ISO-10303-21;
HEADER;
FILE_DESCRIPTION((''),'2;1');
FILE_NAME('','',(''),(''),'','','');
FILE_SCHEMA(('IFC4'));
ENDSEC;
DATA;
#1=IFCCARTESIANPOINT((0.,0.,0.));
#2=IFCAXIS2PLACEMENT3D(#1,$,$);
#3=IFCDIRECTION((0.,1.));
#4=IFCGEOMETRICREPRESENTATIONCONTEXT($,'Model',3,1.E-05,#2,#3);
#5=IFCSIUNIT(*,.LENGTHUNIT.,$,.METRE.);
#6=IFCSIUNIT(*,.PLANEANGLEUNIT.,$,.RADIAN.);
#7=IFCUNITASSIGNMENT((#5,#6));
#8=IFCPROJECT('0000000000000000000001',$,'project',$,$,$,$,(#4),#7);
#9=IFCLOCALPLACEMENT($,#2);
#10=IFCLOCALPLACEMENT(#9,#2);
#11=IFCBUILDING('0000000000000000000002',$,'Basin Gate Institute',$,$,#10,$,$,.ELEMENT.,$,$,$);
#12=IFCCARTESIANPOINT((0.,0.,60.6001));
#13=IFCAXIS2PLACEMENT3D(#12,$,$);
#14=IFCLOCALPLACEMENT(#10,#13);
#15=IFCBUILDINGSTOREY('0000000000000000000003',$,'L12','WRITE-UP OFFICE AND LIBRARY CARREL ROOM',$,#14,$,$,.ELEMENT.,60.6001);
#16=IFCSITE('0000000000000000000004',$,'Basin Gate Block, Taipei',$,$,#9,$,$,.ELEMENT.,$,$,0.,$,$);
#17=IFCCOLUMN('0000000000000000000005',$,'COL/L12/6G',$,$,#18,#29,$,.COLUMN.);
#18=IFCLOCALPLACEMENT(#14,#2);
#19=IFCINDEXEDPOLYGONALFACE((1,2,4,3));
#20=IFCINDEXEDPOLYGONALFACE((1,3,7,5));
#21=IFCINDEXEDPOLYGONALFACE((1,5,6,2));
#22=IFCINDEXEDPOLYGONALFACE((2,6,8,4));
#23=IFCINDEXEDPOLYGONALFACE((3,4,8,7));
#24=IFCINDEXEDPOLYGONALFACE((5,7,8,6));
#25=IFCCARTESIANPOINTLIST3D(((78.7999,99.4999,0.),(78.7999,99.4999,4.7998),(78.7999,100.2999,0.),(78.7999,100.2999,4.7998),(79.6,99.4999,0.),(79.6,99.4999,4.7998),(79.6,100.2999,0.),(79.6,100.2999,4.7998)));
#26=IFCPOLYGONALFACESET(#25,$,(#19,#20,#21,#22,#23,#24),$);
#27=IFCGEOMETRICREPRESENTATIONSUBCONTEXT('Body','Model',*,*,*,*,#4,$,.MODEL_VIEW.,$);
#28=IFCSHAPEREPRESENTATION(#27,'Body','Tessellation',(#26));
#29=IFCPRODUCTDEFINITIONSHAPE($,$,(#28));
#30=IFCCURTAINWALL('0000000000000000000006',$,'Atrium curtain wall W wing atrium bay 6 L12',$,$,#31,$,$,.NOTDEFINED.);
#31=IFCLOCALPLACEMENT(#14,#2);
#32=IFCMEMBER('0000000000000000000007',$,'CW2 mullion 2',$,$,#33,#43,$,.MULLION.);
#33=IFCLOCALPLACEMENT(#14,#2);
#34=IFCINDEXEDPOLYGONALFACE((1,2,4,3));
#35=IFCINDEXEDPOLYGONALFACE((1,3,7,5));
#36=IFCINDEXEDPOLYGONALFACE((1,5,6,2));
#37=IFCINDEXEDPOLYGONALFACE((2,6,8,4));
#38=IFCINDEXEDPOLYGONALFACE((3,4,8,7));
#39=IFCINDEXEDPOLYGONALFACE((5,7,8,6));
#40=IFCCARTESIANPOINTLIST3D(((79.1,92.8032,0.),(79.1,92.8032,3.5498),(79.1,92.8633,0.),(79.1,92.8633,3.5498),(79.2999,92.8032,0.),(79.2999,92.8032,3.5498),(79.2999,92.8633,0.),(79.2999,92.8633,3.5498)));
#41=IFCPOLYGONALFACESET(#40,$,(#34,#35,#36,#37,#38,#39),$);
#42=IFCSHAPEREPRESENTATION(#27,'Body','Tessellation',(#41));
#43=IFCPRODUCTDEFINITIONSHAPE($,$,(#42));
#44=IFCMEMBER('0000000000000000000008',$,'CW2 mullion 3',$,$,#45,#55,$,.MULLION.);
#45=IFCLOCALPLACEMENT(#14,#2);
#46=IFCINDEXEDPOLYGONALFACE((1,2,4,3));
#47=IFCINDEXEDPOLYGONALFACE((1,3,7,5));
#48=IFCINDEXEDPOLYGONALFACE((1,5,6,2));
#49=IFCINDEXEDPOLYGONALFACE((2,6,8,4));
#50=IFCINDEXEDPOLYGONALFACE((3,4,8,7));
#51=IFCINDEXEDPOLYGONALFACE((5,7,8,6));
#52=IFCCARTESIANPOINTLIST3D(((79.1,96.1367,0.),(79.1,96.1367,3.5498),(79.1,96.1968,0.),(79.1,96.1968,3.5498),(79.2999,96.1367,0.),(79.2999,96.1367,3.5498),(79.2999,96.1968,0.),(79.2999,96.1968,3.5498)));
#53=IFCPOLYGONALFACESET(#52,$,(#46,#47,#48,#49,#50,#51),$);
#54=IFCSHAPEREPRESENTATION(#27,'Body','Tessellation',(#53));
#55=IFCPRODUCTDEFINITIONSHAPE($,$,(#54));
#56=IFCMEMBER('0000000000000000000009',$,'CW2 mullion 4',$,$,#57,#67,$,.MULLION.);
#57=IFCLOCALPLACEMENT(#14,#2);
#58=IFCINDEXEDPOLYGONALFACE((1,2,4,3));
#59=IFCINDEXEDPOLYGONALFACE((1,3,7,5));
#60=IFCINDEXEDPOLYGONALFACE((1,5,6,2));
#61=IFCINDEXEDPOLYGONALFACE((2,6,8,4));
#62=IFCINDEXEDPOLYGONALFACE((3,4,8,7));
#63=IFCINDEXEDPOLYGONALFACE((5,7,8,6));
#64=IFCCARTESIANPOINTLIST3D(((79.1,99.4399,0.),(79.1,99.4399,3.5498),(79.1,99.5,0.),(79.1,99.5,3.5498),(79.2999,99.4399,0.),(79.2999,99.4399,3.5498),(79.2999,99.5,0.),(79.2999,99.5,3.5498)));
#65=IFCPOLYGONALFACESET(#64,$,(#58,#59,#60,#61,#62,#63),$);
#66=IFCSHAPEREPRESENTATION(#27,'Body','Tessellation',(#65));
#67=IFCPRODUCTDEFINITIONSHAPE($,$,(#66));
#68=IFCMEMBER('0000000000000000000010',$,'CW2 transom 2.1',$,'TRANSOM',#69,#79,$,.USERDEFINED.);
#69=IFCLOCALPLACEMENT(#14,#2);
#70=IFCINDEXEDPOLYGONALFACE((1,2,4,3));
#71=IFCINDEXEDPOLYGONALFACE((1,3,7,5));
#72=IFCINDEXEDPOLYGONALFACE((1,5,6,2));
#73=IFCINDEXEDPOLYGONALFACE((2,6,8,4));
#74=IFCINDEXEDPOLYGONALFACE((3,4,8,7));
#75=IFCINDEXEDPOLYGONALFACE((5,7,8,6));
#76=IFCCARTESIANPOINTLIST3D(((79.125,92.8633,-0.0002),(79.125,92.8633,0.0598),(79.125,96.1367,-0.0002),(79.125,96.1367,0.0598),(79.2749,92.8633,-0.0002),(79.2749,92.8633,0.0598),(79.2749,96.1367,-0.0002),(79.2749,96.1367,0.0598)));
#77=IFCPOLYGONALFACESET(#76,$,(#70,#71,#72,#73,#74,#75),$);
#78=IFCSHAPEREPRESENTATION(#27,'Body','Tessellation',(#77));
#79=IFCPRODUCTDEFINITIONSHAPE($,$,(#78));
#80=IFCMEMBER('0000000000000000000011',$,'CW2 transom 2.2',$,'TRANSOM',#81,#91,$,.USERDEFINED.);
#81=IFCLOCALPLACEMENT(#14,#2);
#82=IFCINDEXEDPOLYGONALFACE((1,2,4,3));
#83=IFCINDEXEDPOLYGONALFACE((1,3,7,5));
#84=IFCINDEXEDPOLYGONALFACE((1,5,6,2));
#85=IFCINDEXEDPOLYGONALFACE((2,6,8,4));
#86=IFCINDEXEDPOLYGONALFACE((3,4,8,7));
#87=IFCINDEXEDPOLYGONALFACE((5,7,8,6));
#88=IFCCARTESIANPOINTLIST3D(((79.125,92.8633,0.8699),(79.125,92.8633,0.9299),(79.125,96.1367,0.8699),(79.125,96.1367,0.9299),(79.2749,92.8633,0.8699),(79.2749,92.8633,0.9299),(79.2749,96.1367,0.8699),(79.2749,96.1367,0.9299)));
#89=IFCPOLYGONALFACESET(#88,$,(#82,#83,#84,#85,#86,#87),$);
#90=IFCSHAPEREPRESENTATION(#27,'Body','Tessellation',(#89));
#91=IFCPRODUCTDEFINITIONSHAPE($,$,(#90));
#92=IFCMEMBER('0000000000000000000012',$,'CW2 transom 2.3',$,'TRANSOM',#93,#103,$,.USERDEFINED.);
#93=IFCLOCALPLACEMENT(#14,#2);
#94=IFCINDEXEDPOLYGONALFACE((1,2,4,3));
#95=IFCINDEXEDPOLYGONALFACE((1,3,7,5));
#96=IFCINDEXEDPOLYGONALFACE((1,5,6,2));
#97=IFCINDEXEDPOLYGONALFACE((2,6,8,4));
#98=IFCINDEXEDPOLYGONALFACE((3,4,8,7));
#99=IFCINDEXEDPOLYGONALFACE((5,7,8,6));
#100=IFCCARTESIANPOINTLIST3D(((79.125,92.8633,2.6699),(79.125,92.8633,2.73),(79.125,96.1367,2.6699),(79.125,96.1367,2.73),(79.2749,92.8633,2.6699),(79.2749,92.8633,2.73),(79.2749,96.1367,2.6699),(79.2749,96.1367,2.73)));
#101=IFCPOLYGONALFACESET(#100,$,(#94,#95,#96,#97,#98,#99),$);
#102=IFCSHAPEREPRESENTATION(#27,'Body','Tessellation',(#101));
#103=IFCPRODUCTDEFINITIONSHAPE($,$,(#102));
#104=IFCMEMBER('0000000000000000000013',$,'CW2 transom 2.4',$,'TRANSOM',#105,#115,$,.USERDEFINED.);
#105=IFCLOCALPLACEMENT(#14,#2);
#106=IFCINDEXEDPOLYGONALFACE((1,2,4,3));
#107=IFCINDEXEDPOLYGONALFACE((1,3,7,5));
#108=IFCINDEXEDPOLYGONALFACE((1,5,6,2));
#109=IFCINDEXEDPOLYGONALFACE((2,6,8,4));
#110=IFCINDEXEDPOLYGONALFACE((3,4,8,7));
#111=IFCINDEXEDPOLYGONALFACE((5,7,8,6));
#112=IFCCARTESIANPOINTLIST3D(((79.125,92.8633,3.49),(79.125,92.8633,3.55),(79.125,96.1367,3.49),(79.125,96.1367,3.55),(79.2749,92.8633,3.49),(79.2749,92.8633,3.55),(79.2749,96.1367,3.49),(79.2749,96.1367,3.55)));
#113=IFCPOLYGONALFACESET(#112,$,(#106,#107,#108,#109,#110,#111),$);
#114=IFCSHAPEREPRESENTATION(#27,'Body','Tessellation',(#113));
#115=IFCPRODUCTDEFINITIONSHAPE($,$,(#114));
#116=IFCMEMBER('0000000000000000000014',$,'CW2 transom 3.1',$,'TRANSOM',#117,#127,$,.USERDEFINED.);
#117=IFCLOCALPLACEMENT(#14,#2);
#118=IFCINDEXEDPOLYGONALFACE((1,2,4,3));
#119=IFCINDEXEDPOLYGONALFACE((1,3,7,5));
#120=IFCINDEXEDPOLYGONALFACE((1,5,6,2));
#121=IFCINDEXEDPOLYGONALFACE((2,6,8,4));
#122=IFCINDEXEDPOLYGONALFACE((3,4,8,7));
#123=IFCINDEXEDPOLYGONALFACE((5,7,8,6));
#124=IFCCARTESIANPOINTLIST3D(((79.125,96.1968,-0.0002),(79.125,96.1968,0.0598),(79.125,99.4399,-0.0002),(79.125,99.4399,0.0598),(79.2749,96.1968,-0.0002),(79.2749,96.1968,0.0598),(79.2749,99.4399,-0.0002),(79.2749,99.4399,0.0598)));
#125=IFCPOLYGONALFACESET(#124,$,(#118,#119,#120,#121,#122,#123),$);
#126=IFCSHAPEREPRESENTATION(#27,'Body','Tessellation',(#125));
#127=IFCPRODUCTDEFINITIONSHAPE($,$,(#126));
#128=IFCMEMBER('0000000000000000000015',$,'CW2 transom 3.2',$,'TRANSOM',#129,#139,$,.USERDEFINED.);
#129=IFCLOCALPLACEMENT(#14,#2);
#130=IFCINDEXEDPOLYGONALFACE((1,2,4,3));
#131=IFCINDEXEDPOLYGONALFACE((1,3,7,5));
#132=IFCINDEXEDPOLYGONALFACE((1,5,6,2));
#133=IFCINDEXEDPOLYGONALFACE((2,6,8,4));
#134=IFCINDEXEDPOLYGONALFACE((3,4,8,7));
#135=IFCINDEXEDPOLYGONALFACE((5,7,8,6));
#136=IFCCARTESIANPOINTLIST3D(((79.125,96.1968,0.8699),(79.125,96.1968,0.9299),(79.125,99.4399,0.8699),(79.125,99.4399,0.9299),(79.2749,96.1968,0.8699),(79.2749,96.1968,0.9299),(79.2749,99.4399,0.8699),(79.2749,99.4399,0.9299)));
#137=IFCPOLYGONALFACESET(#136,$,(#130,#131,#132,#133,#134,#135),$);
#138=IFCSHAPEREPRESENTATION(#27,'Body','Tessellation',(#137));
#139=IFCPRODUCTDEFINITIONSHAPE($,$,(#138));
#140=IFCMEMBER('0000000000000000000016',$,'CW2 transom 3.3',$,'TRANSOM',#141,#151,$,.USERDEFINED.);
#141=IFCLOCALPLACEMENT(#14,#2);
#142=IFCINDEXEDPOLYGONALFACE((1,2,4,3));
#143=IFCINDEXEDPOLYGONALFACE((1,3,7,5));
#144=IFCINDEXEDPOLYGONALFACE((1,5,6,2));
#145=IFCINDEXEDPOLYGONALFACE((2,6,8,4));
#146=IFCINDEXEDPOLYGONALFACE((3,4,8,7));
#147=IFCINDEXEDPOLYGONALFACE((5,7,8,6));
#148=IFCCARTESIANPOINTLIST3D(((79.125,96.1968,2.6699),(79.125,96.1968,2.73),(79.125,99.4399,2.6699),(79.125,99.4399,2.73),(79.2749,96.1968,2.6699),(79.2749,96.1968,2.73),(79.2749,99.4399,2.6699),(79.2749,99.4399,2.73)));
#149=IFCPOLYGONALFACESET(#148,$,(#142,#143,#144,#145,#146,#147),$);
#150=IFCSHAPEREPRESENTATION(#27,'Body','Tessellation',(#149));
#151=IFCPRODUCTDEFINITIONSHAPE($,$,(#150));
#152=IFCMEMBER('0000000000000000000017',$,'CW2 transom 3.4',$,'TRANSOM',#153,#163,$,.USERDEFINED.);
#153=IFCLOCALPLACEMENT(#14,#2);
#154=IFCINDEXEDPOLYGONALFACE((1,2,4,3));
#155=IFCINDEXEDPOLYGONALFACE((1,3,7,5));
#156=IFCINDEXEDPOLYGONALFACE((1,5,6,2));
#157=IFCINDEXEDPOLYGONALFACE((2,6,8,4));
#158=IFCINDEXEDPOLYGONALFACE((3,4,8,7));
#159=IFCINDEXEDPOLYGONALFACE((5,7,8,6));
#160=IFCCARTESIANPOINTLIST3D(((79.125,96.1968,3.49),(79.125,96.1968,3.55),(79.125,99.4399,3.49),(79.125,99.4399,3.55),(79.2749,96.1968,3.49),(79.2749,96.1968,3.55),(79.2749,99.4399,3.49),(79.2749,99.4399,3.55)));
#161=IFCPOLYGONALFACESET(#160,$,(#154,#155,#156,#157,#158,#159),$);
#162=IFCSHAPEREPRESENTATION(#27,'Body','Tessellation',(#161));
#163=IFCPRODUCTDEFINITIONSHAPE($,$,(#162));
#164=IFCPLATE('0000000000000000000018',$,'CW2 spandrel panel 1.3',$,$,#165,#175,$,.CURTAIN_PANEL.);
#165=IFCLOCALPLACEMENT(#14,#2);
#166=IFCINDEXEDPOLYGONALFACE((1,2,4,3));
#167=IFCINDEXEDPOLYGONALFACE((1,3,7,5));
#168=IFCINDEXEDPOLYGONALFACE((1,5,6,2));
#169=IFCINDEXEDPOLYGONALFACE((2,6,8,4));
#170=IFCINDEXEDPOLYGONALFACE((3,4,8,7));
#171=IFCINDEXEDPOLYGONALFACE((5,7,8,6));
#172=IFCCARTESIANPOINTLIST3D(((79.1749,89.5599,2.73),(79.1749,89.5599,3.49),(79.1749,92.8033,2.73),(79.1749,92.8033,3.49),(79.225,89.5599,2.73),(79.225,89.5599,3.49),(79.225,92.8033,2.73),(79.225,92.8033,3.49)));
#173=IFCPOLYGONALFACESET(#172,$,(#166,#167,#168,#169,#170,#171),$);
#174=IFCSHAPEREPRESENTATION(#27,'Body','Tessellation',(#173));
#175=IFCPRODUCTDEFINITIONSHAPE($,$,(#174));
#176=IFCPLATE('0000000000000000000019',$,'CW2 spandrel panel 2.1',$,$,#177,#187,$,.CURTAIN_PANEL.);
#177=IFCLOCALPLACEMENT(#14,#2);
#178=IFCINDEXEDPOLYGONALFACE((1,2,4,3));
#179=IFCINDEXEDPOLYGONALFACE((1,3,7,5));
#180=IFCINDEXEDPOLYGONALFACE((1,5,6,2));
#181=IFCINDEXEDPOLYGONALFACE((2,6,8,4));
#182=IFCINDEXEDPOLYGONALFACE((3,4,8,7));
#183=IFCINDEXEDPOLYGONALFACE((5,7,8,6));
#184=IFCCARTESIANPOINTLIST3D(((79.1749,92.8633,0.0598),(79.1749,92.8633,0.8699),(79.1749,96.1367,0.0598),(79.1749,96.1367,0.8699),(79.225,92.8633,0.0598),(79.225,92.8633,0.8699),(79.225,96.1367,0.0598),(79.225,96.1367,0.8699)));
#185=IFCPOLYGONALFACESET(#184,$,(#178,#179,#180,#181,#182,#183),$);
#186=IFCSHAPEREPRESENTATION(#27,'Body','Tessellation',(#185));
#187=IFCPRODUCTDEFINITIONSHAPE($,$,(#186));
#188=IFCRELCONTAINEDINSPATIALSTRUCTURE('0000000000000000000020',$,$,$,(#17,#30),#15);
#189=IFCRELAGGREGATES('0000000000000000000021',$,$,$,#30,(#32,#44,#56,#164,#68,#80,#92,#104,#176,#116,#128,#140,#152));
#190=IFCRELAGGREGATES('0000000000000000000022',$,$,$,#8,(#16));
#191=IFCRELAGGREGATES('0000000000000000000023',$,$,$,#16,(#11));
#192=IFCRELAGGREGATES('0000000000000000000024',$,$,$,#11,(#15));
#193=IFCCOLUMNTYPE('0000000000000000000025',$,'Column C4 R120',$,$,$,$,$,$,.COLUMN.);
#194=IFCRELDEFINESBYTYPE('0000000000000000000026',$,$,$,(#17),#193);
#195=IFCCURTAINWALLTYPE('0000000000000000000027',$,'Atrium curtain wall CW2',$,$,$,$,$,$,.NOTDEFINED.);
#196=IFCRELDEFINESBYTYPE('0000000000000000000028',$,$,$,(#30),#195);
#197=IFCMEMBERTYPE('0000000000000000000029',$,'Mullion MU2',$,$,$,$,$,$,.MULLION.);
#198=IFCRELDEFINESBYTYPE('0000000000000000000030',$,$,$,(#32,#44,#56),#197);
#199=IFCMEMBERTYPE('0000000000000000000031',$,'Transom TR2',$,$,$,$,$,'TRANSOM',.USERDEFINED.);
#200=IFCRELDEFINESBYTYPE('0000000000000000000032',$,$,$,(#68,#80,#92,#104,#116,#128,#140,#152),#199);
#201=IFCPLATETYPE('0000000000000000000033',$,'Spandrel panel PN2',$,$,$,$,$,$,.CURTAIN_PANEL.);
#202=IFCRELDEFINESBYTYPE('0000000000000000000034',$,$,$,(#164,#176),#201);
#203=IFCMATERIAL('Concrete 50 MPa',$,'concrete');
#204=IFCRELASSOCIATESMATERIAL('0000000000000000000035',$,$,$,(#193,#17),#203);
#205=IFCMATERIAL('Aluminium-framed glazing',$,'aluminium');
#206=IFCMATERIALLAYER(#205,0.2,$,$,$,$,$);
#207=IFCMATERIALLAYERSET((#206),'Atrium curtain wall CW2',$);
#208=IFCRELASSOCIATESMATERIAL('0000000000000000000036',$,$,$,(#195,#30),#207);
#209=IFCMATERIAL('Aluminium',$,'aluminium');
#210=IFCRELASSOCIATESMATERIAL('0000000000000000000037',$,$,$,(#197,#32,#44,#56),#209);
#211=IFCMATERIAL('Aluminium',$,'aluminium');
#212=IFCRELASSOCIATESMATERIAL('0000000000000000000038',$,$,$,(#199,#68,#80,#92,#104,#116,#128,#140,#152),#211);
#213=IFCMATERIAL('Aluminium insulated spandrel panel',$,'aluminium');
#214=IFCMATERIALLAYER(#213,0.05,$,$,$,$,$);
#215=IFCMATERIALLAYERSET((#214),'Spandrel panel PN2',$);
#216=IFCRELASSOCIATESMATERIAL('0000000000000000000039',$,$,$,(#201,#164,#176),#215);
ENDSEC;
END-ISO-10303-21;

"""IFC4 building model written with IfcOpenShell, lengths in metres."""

from ifc_helpers import new_model, si_unit, direction, frame, origin, origin_2d, place, context, subcontext, project, spatial, rectangle, extrude, material, layer, layer_set, material_profile, profile_set, type_object, element, aggregate, save


model = new_model("IFC4")

# Units and contexts
model_context = context("Model", 3, precision=1e-05, world=origin(), true_north=direction((0.0, 1.0)))
body_context = subcontext(model_context, "Body", "Model", "MODEL_VIEW")
ifc_project = project(units=[si_unit("LENGTHUNIT", "METRE"), si_unit("PLANEANGLEUNIT", "RADIAN")], contexts=[model_context])

# Site, building, storey
site_placement = place(None, origin())
site = spatial("IfcSite", under=ifc_project, at=site_placement, Name="Basin Gate Block, Taipei", CompositionType="ELEMENT", RefElevation=0.0)
building_placement = place(site_placement, origin())
building = spatial("IfcBuilding", under=site, at=building_placement, Name="Basin Gate Institute", CompositionType="ELEMENT")
storey_placement = place(building_placement, frame((0.0, 0.0, 60.6001)))
storey = spatial("IfcBuildingStorey", under=building, at=storey_placement, Name="L12", Description="WRITE-UP OFFICE AND LIBRARY CARREL ROOM", CompositionType="ELEMENT", Elevation=60.6001)

# Column
ifc_material_1 = material(Name="Concrete 50 MPa", Category="concrete")
ifc_material_profile_1 = material_profile(ifc_material_1, rectangle(XDim=0.8, YDim=0.8, at=origin_2d()), Name="Column C4 800 x 800")
ifc_profile_set_1 = profile_set([ifc_material_profile_1], Name="Concrete 50 MPa")
column_type = type_object("IfcColumnType", Name="Column C4 R120", PredefinedType="COLUMN", material=ifc_profile_set_1)
column_placement = place(storey_placement, frame((79.2, 99.8999, 0.0), z_axis=(0.0, 0.0, 1.0), x_axis=(1.0, 0.0, 0.0)))
element("IfcColumn", 1, at=column_placement, inside=storey, type_object=column_type, material=ifc_profile_set_1, Name="COL/L12/6G", PredefinedType="COLUMN", context=body_context, shape_type="SweptSolid", body=[
    extrude(rectangle(XDim=0.8, YDim=0.8, at=origin_2d()), origin(), (0.0, 0.0, 1.0), 4.7998),
])

# Curtain wall, members, plates
ifc_material_2 = material(Name="Aluminium-framed glazing", Category="aluminium")
ifc_layer_1 = layer(ifc_material_2, 0.2)
ifc_layer_set_1 = layer_set([ifc_layer_1], Name="Atrium curtain wall CW2")
curtain_wall_type = type_object("IfcCurtainWallType", Name="Atrium curtain wall CW2", PredefinedType="NOTDEFINED", material=ifc_layer_set_1)
curtain_wall_placement = place(storey_placement, origin())
curtain_wall = element("IfcCurtainWall", 2, at=curtain_wall_placement, inside=storey, type_object=curtain_wall_type, material=ifc_layer_set_1, Name="Atrium curtain wall W wing atrium bay 6 L12", PredefinedType="NOTDEFINED")
ifc_material_3 = material(Name="Aluminium", Category="aluminium")
ifc_material_profile_2 = material_profile(ifc_material_3, rectangle(XDim=0.2, YDim=0.0601, at=origin_2d()), Name="Mullion MU2 200 x 60")
ifc_profile_set_2 = profile_set([ifc_material_profile_2], Name="Aluminium")
member_type_1 = type_object("IfcMemberType", Name="Mullion MU2", PredefinedType="MULLION", material=ifc_profile_set_2)
member_1_placement = place(storey_placement, frame((79.2, 92.8333, 0.0), z_axis=(0.0, 0.0, 1.0), x_axis=(-1.0, 0.0, 0.0)))
member_1 = element("IfcMember", 3, at=member_1_placement, type_object=member_type_1, material=ifc_profile_set_2, Name="CW2 mullion 2", PredefinedType="MULLION", context=body_context, shape_type="SweptSolid", body=[
    extrude(rectangle(XDim=0.2, YDim=0.0601, at=origin_2d()), origin(), (0.0, 0.0, 1.0), 3.5498),
])
member_2_placement = place(storey_placement, frame((79.2, 96.1667, 0.0), z_axis=(0.0, 0.0, 1.0), x_axis=(-1.0, 0.0, 0.0)))
member_2 = element("IfcMember", 4, at=member_2_placement, type_object=member_type_1, material=ifc_profile_set_2, Name="CW2 mullion 3", PredefinedType="MULLION", context=body_context, shape_type="SweptSolid", body=[
    extrude(rectangle(XDim=0.2, YDim=0.0601, at=origin_2d()), origin(), (0.0, 0.0, 1.0), 3.5498),
])
member_3_placement = place(storey_placement, frame((79.2, 99.47, 0.0), z_axis=(0.0, 0.0, 1.0), x_axis=(-1.0, 0.0, 0.0)))
member_3 = element("IfcMember", 5, at=member_3_placement, type_object=member_type_1, material=ifc_profile_set_2, Name="CW2 mullion 4", PredefinedType="MULLION", context=body_context, shape_type="SweptSolid", body=[
    extrude(rectangle(XDim=0.2, YDim=0.0601, at=origin_2d()), origin(), (0.0, 0.0, 1.0), 3.5498),
])
ifc_material_4 = material(Name="Aluminium", Category="aluminium")
ifc_material_profile_3 = material_profile(ifc_material_4, rectangle(XDim=0.1499, YDim=0.0601, at=origin_2d()), Name="Transom TR2 150 x 60")
ifc_profile_set_3 = profile_set([ifc_material_profile_3], Name="Aluminium")
member_type_2 = type_object("IfcMemberType", Name="Transom TR2", ElementType="TRANSOM", PredefinedType="USERDEFINED", material=ifc_profile_set_3)
member_4_placement = place(storey_placement, frame((79.2, 92.8633, 0.0298), z_axis=(0.0, 1.0, 0.0), x_axis=(-1.0, 0.0, 0.0)))
member_4 = element("IfcMember", 6, at=member_4_placement, type_object=member_type_2, material=ifc_profile_set_3, Name="CW2 transom 2.1", ObjectType="TRANSOM", PredefinedType="USERDEFINED", context=body_context, shape_type="SweptSolid", body=[
    extrude(rectangle(XDim=0.1499, YDim=0.0601, at=origin_2d()), origin(), (0.0, 0.0, 1.0), 3.2734),
])
member_5_placement = place(storey_placement, frame((79.2, 92.8633, 0.8999), z_axis=(0.0, 1.0, 0.0), x_axis=(-1.0, 0.0, 0.0)))
member_5 = element("IfcMember", 7, at=member_5_placement, type_object=member_type_2, material=ifc_profile_set_3, Name="CW2 transom 2.2", ObjectType="TRANSOM", PredefinedType="USERDEFINED", context=body_context, shape_type="SweptSolid", body=[
    extrude(rectangle(XDim=0.1499, YDim=0.0601, at=origin_2d()), origin(), (0.0, 0.0, 1.0), 3.2734),
])
member_6_placement = place(storey_placement, frame((79.2, 92.8633, 2.7), z_axis=(0.0, 1.0, 0.0), x_axis=(-1.0, 0.0, 0.0)))
member_6 = element("IfcMember", 8, at=member_6_placement, type_object=member_type_2, material=ifc_profile_set_3, Name="CW2 transom 2.3", ObjectType="TRANSOM", PredefinedType="USERDEFINED", context=body_context, shape_type="SweptSolid", body=[
    extrude(rectangle(XDim=0.1499, YDim=0.0601, at=origin_2d()), origin(), (0.0, 0.0, 1.0), 3.2734),
])
member_7_placement = place(storey_placement, frame((79.2, 92.8633, 3.52), z_axis=(0.0, 1.0, 0.0), x_axis=(-1.0, 0.0, 0.0)))
member_7 = element("IfcMember", 9, at=member_7_placement, type_object=member_type_2, material=ifc_profile_set_3, Name="CW2 transom 2.4", ObjectType="TRANSOM", PredefinedType="USERDEFINED", context=body_context, shape_type="SweptSolid", body=[
    extrude(rectangle(XDim=0.1499, YDim=0.0601, at=origin_2d()), origin(), (0.0, 0.0, 1.0), 3.2734),
])
member_8_placement = place(storey_placement, frame((79.2, 96.1968, 0.0298), z_axis=(0.0, 1.0, 0.0), x_axis=(-1.0, 0.0, 0.0)))
member_8 = element("IfcMember", 10, at=member_8_placement, type_object=member_type_2, material=ifc_profile_set_3, Name="CW2 transom 3.1", ObjectType="TRANSOM", PredefinedType="USERDEFINED", context=body_context, shape_type="SweptSolid", body=[
    extrude(rectangle(XDim=0.1499, YDim=0.0601, at=origin_2d()), origin(), (0.0, 0.0, 1.0), 3.2432),
])
member_9_placement = place(storey_placement, frame((79.2, 96.1968, 0.8999), z_axis=(0.0, 1.0, 0.0), x_axis=(-1.0, 0.0, 0.0)))
member_9 = element("IfcMember", 11, at=member_9_placement, type_object=member_type_2, material=ifc_profile_set_3, Name="CW2 transom 3.2", ObjectType="TRANSOM", PredefinedType="USERDEFINED", context=body_context, shape_type="SweptSolid", body=[
    extrude(rectangle(XDim=0.1499, YDim=0.0601, at=origin_2d()), origin(), (0.0, 0.0, 1.0), 3.2432),
])
member_10_placement = place(storey_placement, frame((79.2, 96.1968, 2.7), z_axis=(0.0, 1.0, 0.0), x_axis=(-1.0, 0.0, 0.0)))
member_10 = element("IfcMember", 12, at=member_10_placement, type_object=member_type_2, material=ifc_profile_set_3, Name="CW2 transom 3.3", ObjectType="TRANSOM", PredefinedType="USERDEFINED", context=body_context, shape_type="SweptSolid", body=[
    extrude(rectangle(XDim=0.1499, YDim=0.0601, at=origin_2d()), origin(), (0.0, 0.0, 1.0), 3.2432),
])
member_11_placement = place(storey_placement, frame((79.2, 96.1968, 3.52), z_axis=(0.0, 1.0, 0.0), x_axis=(-1.0, 0.0, 0.0)))
member_11 = element("IfcMember", 13, at=member_11_placement, type_object=member_type_2, material=ifc_profile_set_3, Name="CW2 transom 3.4", ObjectType="TRANSOM", PredefinedType="USERDEFINED", context=body_context, shape_type="SweptSolid", body=[
    extrude(rectangle(XDim=0.1499, YDim=0.0601, at=origin_2d()), origin(), (0.0, 0.0, 1.0), 3.2432),
])
ifc_material_5 = material(Name="Aluminium insulated spandrel panel", Category="aluminium")
ifc_layer_2 = layer(ifc_material_5, 0.05)
ifc_layer_set_2 = layer_set([ifc_layer_2], Name="Spandrel panel PN2")
plate_type_1 = type_object("IfcPlateType", Name="Spandrel panel PN2", PredefinedType="CURTAIN_PANEL", material=ifc_layer_set_2)
plate_1_placement = place(storey_placement, frame((79.2, 91.1816, 2.73), z_axis=(0.0, 0.0, 1.0), x_axis=(0.0, 1.0, 0.0)))
plate_1 = element("IfcPlate", 14, at=plate_1_placement, type_object=plate_type_1, material=ifc_layer_set_2, Name="CW2 spandrel panel 1.3", PredefinedType="CURTAIN_PANEL", context=body_context, shape_type="SweptSolid", body=[
    extrude(rectangle(XDim=3.2434, YDim=0.05, at=origin_2d()), origin(), (0.0, 0.0, 1.0), 0.76),
])
plate_2_placement = place(storey_placement, frame((79.2, 94.5, 0.0598), z_axis=(0.0, 0.0, 1.0), x_axis=(0.0, 1.0, 0.0)))
plate_2 = element("IfcPlate", 15, at=plate_2_placement, type_object=plate_type_1, material=ifc_layer_set_2, Name="CW2 spandrel panel 2.1", PredefinedType="CURTAIN_PANEL", context=body_context, shape_type="SweptSolid", body=[
    extrude(rectangle(XDim=3.2734, YDim=0.05, at=origin_2d()), origin(), (0.0, 0.0, 1.0), 0.8101),
])
aggregate(curtain_wall, [member_1, member_2, member_3, plate_1, member_4, member_5, member_6, member_7, plate_2, member_8, member_9, member_10, member_11])

save(model, "model.ifc")
